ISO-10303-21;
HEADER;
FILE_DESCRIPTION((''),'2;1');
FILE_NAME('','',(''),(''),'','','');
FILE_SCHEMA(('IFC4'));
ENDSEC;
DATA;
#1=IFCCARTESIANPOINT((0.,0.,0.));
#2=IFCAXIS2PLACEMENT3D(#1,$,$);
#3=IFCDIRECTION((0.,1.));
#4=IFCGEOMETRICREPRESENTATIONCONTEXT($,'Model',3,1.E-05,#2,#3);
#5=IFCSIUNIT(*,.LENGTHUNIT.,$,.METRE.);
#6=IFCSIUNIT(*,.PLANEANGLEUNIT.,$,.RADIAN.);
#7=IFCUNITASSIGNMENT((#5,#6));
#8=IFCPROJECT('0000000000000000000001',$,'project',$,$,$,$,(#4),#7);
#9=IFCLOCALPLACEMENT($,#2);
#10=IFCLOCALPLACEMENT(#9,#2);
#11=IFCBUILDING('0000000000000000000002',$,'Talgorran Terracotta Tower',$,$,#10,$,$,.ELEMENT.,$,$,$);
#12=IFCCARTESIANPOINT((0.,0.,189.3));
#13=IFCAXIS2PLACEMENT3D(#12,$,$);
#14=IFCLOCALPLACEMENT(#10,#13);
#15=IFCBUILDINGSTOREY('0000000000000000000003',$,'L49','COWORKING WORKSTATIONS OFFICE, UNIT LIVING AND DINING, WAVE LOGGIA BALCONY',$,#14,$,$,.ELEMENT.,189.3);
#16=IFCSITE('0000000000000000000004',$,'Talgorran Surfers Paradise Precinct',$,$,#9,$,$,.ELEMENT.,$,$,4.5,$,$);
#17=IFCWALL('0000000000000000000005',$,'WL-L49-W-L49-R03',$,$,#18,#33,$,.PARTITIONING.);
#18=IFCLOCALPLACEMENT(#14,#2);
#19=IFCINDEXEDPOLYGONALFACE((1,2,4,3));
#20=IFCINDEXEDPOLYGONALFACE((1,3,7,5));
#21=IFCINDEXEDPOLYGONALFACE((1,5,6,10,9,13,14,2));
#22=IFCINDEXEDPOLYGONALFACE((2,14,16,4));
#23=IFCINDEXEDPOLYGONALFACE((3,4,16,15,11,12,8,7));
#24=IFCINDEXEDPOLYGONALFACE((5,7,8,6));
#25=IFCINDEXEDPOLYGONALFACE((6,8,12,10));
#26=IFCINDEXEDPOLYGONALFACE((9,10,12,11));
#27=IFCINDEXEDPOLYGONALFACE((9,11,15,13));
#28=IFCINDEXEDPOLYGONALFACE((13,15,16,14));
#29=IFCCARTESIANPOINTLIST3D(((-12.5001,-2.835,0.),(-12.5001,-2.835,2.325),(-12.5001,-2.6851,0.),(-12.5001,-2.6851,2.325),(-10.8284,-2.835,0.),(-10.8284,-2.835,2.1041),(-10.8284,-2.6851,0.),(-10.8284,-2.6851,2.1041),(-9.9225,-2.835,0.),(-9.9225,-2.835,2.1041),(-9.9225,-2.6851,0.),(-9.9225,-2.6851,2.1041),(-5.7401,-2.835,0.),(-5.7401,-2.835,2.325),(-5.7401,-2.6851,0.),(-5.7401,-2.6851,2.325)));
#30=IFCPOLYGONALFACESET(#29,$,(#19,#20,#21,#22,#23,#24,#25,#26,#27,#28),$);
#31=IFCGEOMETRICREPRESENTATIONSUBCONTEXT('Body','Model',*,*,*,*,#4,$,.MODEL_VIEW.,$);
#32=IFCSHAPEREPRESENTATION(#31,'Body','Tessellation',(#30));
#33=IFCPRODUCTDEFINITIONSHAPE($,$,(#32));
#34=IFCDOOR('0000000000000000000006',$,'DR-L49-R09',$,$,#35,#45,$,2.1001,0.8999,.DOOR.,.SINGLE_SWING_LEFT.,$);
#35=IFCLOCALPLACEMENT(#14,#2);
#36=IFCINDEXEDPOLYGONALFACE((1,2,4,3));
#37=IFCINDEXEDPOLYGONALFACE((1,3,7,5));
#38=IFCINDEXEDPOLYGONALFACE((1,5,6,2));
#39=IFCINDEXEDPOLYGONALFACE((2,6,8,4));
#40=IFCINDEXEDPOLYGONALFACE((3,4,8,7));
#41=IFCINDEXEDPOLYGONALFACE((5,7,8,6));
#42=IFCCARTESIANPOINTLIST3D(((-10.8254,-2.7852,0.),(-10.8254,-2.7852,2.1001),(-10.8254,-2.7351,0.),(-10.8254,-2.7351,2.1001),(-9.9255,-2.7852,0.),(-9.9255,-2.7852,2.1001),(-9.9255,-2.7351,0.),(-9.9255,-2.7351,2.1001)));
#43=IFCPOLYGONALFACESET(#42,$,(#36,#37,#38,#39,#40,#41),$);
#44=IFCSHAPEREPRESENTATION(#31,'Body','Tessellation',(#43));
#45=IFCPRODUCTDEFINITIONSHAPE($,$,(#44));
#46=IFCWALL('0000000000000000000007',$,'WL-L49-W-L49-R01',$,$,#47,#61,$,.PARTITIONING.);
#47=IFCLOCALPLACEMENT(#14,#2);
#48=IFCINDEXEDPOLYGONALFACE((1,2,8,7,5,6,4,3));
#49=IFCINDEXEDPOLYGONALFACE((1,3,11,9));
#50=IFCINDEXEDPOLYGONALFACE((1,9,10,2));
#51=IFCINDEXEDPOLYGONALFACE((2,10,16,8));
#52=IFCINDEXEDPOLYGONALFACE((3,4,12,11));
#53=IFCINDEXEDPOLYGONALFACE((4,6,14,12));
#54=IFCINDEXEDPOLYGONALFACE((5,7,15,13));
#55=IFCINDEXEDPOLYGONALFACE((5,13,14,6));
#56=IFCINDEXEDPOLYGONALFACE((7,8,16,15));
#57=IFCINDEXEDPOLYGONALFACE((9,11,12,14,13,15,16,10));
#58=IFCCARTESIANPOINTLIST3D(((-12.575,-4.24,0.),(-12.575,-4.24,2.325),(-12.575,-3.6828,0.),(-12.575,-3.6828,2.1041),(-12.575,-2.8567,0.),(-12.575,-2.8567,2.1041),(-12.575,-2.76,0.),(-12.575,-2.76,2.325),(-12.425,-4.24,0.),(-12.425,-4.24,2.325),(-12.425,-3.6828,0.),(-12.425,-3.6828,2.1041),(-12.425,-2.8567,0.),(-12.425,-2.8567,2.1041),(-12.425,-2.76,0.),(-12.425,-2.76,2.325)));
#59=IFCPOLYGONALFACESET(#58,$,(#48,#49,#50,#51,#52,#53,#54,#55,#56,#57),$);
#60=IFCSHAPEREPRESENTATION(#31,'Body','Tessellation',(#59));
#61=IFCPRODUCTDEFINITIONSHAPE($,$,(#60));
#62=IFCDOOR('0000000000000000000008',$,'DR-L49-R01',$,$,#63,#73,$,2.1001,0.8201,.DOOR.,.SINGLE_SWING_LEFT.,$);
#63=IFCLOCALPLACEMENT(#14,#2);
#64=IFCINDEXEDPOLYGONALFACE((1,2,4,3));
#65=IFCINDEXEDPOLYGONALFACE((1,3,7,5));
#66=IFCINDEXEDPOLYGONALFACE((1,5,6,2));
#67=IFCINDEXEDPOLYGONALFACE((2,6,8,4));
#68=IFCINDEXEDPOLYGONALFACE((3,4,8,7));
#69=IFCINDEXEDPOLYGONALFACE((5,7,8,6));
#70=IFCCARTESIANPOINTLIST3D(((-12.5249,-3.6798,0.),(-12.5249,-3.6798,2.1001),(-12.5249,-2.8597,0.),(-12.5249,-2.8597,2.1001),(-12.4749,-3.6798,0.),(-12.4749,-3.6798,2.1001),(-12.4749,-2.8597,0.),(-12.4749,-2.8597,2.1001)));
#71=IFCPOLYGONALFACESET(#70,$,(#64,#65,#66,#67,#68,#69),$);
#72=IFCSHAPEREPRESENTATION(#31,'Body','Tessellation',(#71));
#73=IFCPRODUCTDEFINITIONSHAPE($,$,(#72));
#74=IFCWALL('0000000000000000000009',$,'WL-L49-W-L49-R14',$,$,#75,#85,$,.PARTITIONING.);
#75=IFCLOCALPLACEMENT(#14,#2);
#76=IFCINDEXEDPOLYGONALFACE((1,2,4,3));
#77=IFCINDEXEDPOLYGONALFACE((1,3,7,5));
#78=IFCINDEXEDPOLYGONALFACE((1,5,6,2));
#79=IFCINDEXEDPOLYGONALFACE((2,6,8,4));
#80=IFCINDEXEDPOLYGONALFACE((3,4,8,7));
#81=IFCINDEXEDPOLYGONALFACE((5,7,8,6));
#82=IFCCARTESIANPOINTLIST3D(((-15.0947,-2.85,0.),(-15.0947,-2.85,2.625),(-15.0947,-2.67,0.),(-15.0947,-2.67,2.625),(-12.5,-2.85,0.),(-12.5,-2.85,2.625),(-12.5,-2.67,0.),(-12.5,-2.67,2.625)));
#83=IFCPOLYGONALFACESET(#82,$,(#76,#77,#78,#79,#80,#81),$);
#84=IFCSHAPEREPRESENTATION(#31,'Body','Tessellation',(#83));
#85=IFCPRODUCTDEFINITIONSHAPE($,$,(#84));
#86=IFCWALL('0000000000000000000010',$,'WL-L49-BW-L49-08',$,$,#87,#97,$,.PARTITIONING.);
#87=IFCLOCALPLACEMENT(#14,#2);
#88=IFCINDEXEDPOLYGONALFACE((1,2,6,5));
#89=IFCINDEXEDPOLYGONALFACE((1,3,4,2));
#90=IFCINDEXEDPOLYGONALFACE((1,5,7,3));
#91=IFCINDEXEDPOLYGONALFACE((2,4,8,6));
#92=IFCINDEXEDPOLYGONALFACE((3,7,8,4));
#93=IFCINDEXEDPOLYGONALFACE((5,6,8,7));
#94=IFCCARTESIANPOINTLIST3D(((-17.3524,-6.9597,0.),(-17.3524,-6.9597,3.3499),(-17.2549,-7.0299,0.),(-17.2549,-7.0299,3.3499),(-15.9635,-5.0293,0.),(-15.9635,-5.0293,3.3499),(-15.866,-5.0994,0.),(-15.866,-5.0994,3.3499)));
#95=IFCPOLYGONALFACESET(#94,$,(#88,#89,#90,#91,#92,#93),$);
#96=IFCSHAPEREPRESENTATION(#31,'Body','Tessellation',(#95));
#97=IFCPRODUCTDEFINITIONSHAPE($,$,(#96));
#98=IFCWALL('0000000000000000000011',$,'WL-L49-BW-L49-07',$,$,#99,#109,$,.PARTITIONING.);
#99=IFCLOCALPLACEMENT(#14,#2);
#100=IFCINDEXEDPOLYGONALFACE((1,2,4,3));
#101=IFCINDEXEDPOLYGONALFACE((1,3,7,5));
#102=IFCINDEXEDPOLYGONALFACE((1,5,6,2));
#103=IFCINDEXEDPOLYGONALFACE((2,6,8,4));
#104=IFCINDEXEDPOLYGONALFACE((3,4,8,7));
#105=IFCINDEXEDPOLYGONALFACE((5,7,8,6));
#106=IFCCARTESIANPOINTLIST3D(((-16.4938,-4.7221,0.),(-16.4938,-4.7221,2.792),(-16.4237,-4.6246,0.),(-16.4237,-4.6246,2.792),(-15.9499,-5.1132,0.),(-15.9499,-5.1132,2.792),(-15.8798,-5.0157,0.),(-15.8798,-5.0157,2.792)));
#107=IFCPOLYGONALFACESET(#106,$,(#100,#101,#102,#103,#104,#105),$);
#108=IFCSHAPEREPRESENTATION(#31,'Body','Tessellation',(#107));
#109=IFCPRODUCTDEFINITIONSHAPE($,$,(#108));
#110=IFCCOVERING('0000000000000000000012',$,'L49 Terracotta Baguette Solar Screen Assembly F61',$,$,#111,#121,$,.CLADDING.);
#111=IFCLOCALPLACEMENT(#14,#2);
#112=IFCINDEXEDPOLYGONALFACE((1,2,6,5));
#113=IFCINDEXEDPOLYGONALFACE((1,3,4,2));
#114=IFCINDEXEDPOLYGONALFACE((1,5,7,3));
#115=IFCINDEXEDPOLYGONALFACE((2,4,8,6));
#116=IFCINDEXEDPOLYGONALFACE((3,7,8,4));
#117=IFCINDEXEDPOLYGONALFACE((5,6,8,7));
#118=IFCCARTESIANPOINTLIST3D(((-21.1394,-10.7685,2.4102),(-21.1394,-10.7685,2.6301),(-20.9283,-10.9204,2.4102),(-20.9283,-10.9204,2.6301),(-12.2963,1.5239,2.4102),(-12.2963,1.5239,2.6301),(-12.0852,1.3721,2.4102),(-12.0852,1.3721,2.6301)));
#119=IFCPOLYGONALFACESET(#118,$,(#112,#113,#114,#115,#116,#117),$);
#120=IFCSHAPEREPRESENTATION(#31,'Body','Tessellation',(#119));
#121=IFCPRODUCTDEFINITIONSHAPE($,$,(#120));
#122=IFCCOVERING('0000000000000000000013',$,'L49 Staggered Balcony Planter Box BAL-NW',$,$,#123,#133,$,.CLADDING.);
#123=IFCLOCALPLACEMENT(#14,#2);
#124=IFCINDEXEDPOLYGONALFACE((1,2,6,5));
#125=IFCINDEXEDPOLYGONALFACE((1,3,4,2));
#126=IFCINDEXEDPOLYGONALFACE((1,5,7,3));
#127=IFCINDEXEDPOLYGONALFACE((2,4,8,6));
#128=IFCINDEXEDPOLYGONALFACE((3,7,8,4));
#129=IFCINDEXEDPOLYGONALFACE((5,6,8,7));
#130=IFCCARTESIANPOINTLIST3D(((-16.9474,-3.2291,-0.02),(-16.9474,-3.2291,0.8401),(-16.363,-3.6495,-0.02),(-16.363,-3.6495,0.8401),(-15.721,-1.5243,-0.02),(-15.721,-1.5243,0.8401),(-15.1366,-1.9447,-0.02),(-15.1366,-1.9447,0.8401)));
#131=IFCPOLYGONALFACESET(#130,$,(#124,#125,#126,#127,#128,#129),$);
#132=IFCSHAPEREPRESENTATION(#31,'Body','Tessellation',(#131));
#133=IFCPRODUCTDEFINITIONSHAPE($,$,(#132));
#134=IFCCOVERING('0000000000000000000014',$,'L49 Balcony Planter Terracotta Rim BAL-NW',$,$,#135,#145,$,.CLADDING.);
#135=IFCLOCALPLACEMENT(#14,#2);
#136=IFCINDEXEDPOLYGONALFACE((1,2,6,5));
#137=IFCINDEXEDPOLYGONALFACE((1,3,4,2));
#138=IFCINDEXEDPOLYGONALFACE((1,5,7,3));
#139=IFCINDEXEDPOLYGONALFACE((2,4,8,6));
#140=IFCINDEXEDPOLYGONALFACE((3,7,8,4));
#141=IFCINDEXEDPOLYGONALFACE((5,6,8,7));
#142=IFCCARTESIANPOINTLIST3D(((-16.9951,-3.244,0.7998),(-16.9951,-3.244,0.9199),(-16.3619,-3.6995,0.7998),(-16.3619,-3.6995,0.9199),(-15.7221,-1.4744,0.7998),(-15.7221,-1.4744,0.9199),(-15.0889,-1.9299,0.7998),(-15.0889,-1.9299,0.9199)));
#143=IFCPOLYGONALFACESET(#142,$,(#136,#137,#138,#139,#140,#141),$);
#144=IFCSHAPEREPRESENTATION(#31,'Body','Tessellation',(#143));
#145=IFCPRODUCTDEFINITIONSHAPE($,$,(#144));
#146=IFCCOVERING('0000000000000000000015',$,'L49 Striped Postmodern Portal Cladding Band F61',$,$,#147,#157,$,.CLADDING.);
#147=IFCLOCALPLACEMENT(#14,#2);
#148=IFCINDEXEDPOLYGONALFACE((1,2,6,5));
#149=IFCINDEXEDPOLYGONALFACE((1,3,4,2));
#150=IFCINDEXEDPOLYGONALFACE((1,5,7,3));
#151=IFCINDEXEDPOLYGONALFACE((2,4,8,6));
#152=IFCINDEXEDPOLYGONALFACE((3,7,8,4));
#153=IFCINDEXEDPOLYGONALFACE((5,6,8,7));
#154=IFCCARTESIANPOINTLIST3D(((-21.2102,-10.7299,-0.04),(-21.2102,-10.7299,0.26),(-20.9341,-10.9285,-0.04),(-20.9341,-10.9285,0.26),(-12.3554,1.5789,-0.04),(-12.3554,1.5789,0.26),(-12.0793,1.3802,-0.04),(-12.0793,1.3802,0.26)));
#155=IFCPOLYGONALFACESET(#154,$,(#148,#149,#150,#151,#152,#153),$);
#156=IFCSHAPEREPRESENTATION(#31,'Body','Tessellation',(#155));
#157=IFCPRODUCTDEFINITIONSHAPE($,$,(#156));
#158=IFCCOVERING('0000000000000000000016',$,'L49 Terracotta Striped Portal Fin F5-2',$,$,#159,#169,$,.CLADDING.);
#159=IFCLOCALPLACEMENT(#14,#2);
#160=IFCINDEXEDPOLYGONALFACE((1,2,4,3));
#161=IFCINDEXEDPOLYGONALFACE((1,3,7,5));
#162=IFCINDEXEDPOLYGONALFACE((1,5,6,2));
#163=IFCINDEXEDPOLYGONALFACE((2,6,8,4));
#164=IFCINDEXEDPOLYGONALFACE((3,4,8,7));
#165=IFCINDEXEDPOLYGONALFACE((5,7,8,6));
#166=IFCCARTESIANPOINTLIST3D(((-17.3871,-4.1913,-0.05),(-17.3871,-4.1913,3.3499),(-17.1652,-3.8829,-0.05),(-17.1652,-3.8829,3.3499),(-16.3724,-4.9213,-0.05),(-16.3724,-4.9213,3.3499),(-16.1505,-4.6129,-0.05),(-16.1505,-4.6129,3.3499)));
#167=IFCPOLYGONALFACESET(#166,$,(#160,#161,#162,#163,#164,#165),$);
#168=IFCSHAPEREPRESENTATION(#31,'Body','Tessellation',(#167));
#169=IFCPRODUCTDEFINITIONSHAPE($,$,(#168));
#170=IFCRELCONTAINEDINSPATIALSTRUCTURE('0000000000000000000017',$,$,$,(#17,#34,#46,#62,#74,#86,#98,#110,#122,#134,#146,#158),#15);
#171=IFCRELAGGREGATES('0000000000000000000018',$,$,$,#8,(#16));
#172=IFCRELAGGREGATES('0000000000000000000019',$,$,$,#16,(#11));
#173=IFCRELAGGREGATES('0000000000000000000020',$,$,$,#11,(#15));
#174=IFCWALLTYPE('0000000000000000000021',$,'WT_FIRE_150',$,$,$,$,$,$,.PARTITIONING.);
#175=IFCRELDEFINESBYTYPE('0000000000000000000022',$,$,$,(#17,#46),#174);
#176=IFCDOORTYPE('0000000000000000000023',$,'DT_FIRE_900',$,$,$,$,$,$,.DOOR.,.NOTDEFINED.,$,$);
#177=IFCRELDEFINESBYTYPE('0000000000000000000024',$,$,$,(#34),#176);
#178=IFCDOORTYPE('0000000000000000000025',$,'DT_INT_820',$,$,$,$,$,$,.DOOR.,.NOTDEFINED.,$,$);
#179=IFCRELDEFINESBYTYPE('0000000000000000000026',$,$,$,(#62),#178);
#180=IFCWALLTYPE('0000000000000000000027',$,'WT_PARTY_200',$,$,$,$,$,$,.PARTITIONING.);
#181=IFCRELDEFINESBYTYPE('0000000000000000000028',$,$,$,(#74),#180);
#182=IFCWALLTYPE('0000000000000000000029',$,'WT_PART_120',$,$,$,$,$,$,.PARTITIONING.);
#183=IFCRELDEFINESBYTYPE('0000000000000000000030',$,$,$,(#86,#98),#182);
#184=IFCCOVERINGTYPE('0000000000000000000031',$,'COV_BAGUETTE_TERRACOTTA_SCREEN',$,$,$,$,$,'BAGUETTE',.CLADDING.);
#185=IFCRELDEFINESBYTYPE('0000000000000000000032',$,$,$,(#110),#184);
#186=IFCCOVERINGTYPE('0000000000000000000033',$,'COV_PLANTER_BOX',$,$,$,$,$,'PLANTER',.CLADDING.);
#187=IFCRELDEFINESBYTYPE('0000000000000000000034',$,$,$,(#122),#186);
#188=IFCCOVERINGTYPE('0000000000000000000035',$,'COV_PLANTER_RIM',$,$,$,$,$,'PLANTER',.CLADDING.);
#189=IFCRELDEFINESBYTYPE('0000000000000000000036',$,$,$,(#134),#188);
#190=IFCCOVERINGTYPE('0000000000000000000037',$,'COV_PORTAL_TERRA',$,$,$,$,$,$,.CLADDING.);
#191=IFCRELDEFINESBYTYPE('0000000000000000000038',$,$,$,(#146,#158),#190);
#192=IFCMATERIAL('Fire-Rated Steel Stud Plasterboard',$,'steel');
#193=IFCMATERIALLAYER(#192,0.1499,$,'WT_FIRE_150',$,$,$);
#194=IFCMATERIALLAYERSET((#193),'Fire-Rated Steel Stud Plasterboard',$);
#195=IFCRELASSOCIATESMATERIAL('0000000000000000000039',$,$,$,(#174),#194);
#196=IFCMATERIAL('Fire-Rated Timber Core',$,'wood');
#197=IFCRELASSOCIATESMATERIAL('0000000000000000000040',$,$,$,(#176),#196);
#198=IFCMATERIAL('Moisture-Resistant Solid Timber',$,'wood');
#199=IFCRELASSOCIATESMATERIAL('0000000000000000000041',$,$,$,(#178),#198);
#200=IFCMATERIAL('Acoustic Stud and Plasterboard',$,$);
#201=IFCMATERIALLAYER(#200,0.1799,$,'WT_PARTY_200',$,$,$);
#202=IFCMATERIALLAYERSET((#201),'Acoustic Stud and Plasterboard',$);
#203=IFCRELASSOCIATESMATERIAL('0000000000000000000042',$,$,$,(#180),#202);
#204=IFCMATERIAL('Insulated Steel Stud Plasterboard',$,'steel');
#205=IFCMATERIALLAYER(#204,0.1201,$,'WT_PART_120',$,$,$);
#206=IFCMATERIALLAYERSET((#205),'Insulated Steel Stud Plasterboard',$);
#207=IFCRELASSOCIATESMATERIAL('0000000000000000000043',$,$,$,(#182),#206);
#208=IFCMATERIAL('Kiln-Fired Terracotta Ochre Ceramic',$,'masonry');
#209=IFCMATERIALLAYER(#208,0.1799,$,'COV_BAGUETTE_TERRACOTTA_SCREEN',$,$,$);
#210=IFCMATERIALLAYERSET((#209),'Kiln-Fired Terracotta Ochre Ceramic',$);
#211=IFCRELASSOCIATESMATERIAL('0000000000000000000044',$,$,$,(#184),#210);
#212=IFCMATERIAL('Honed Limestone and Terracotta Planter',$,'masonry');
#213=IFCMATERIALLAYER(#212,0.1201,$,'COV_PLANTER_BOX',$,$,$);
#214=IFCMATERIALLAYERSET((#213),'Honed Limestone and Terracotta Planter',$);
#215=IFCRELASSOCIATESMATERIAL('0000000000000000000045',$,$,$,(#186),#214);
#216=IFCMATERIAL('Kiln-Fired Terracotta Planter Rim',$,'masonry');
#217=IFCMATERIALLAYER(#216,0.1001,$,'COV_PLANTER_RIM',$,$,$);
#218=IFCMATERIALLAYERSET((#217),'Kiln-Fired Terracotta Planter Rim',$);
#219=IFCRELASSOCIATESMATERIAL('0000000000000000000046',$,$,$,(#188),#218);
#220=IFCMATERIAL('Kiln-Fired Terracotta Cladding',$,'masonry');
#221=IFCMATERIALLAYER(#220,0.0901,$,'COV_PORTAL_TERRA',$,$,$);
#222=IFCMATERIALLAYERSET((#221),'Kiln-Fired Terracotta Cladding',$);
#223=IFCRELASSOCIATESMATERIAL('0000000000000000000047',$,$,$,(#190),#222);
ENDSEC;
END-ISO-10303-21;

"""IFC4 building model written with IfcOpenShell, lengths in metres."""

from ifc_helpers import new_model, si_unit, direction, frame, frame_2d, origin, origin_2d, place, context, subcontext, project, spatial, rectangle, extrude, material, layer, layer_set, type_object, element, fill, save


model = new_model("IFC4")

# Units and contexts
model_context = context("Model", 3, precision=1e-05, world=origin(), true_north=direction((0.0, 1.0)))
body_context = subcontext(model_context, "Body", "Model", "MODEL_VIEW")
ifc_project = project(units=[si_unit("LENGTHUNIT", "METRE"), si_unit("PLANEANGLEUNIT", "RADIAN")], contexts=[model_context])

# Site, building, storey
site_placement = place(None, origin())
site = spatial("IfcSite", under=ifc_project, at=site_placement, Name="Talgorran Surfers Paradise Precinct", CompositionType="ELEMENT", RefElevation=4.5)
building_placement = place(site_placement, origin())
building = spatial("IfcBuilding", under=site, at=building_placement, Name="Talgorran Terracotta Tower", CompositionType="ELEMENT")
storey_placement = place(building_placement, frame((0.0, 0.0, 189.3)))
storey = spatial("IfcBuildingStorey", under=building, at=storey_placement, Name="L49", Description="COWORKING WORKSTATIONS OFFICE, UNIT LIVING AND DINING, WAVE LOGGIA BALCONY", CompositionType="ELEMENT", Elevation=189.3)

# Walls, openings, doors
ifc_material_1 = material(Name="Fire-Rated Steel Stud Plasterboard", Category="steel")
ifc_layer_1 = layer(ifc_material_1, 0.1499, Name="WT_FIRE_150")
ifc_layer_set_1 = layer_set([ifc_layer_1], Name="Fire-Rated Steel Stud Plasterboard")
wall_type_1 = type_object("IfcWallType", Name="WT_FIRE_150", PredefinedType="PARTITIONING", material=ifc_layer_set_1)
wall_1_placement = place(storey_placement, frame((-12.5, -2.76, 0.0), z_axis=(0.0, 0.0, 1.0), x_axis=(1.0, 0.0, 0.0)))
wall_1 = element("IfcWall", 1, at=wall_1_placement, inside=storey, type_object=wall_type_1, Name="WL-L49-W-L49-R03", PredefinedType="PARTITIONING", context=body_context, shape_type="SweptSolid", body=[
    extrude(rectangle(XDim=6.76, YDim=0.1499, at=frame_2d((3.3799, 0.0))), origin(), (0.0, 0.0, 1.0), 2.325),
])
opening_1_placement = place(wall_1_placement, frame((1.6746, 0.0, 0.0)))
opening_1 = element("IfcOpeningElement", 2, at=opening_1_placement, cuts=wall_1, PredefinedType="OPENING", context=body_context, shape_type="SweptSolid", body=[
    extrude(rectangle(XDim=0.9059, YDim=2.1041, at=frame_2d((0.45, 1.052))), frame((0.0, 0.085, 0.0), z_axis=(0.0, -1.0, 0.0), x_axis=(1.0, 0.0, 0.0)), (0.0, 0.0, 1.0), 0.1699),
])
ifc_material_2 = material(Name="Fire-Rated Timber Core", Category="wood")
door_type_1 = type_object("IfcDoorType", Name="DT_FIRE_900", OperationType="NOTDEFINED", PredefinedType="DOOR", material=ifc_material_2)
door_1_placement = place(opening_1_placement, origin())
door_1 = element("IfcDoor", 3, at=door_1_placement, inside=storey, type_object=door_type_1, Name="DR-L49-R09", OperationType="SINGLE_SWING_LEFT", OverallHeight=2.1001, OverallWidth=0.8999, PredefinedType="DOOR", context=body_context, shape_type="SweptSolid", body=[
    extrude(rectangle(XDim=0.8999, YDim=2.1001, at=frame_2d((0.45, 1.05))), frame((0.0, 0.0249, 0.0), z_axis=(0.0, -1.0, 0.0), x_axis=(1.0, 0.0, 0.0)), (0.0, 0.0, 1.0), 0.05),
])
fill(opening_1, door_1)
wall_2_placement = place(storey_placement, frame((-12.5, -4.24, 0.0), z_axis=(0.0, 0.0, 1.0), x_axis=(0.0, 1.0, 0.0)))
wall_2 = element("IfcWall", 4, at=wall_2_placement, inside=storey, type_object=wall_type_1, Name="WL-L49-W-L49-R01", PredefinedType="PARTITIONING", context=body_context, shape_type="SweptSolid", body=[
    extrude(rectangle(XDim=1.48, YDim=0.1499, at=frame_2d((0.74, 0.0))), origin(), (0.0, 0.0, 1.0), 2.325),
])
opening_2_placement = place(wall_2_placement, frame((0.5601, 0.0, 0.0)))
opening_2 = element("IfcOpeningElement", 5, at=opening_2_placement, cuts=wall_2, PredefinedType="OPENING", context=body_context, shape_type="SweptSolid", body=[
    extrude(rectangle(XDim=0.8261, YDim=2.1041, at=frame_2d((0.4102, 1.052))), frame((0.0, 0.085, 0.0), z_axis=(0.0, -1.0, 0.0), x_axis=(1.0, 0.0, 0.0)), (0.0, 0.0, 1.0), 0.1699),
])
ifc_material_3 = material(Name="Moisture-Resistant Solid Timber", Category="wood")
door_type_2 = type_object("IfcDoorType", Name="DT_INT_820", OperationType="NOTDEFINED", PredefinedType="DOOR", material=ifc_material_3)
door_2_placement = place(opening_2_placement, origin())
door_2 = element("IfcDoor", 6, at=door_2_placement, inside=storey, type_object=door_type_2, Name="DR-L49-R01", OperationType="SINGLE_SWING_LEFT", OverallHeight=2.1001, OverallWidth=0.8201, PredefinedType="DOOR", context=body_context, shape_type="SweptSolid", body=[
    extrude(rectangle(XDim=0.8201, YDim=2.1001, at=frame_2d((0.4102, 1.05))), frame((0.0, 0.0249, 0.0), z_axis=(0.0, -1.0, 0.0), x_axis=(1.0, 0.0, 0.0)), (0.0, 0.0, 1.0), 0.05),
])
fill(opening_2, door_2)

# Walls
ifc_material_4 = material(Name="Acoustic Stud and Plasterboard")
ifc_layer_2 = layer(ifc_material_4, 0.1799, Name="WT_PARTY_200")
ifc_layer_set_2 = layer_set([ifc_layer_2], Name="Acoustic Stud and Plasterboard")
wall_type_2 = type_object("IfcWallType", Name="WT_PARTY_200", PredefinedType="PARTITIONING", material=ifc_layer_set_2)
wall_3_placement = place(storey_placement, frame((-15.0947, -2.76, 0.0), z_axis=(0.0, 0.0, 1.0), x_axis=(1.0, 0.0, 0.0)))
element("IfcWall", 7, at=wall_3_placement, inside=storey, type_object=wall_type_2, Name="WL-L49-W-L49-R14", PredefinedType="PARTITIONING", context=body_context, shape_type="SweptSolid", body=[
    extrude(rectangle(XDim=2.5947, YDim=0.1799, at=frame_2d((1.2974, 0.0))), origin(), (0.0, 0.0, 1.0), 2.625),
])
ifc_material_5 = material(Name="Insulated Steel Stud Plasterboard", Category="steel")
ifc_layer_3 = layer(ifc_material_5, 0.1201, Name="WT_PART_120")
ifc_layer_set_3 = layer_set([ifc_layer_3], Name="Insulated Steel Stud Plasterboard")
wall_type_3 = type_object("IfcWallType", Name="WT_PART_120", PredefinedType="PARTITIONING", material=ifc_layer_set_3)
wall_4_placement = place(storey_placement, frame((-15.9148, -5.0645, 0.0), z_axis=(0.0, 0.0, 1.0), x_axis=(-0.584032, -0.811731, 0.0)))
element("IfcWall", 8, at=wall_4_placement, inside=storey, type_object=wall_type_3, Name="WL-L49-BW-L49-08", PredefinedType="PARTITIONING", context=body_context, shape_type="SweptSolid", body=[
    extrude(rectangle(XDim=2.3782, YDim=0.1201, at=frame_2d((1.189, 0.0))), origin(), (0.0, 0.0, 1.0), 3.3499),
])
wall_5_placement = place(storey_placement, frame((-16.4587, -4.6733, 0.0), z_axis=(0.0, 0.0, 1.0), x_axis=(0.811907, -0.583786, 0.0)))
element("IfcWall", 9, at=wall_5_placement, inside=storey, type_object=wall_type_3, Name="WL-L49-BW-L49-07", PredefinedType="PARTITIONING", context=body_context, shape_type="SweptSolid", body=[
    extrude(rectangle(XDim=0.6699, YDim=0.1201, at=frame_2d((0.335, 0.0))), origin(), (0.0, 0.0, 1.0), 2.792),
])

# Coverings
ifc_material_6 = material(Name="Kiln-Fired Terracotta Ochre Ceramic", Category="masonry")
ifc_layer_4 = layer(ifc_material_6, 0.1799, Name="COV_BAGUETTE_TERRACOTTA_SCREEN")
ifc_layer_set_4 = layer_set([ifc_layer_4], Name="Kiln-Fired Terracotta Ochre Ceramic")
covering_type_1 = type_object("IfcCoveringType", Name="COV_BAGUETTE_TERRACOTTA_SCREEN", ElementType="BAGUETTE", PredefinedType="CLADDING", material=ifc_layer_set_4)
covering_1_placement = place(storey_placement, frame((-16.6123, -4.6982, 2.4102), z_axis=(0.0, 0.0, 1.0), x_axis=(-0.583981, -0.811768, 0.0)))
element("IfcCovering", 10, at=covering_1_placement, inside=storey, type_object=covering_type_1, Name="L49 Terracotta Baguette Solar Screen Assembly F61", PredefinedType="CLADDING", context=body_context, shape_type="SweptSolid", body=[
    extrude(rectangle(XDim=15.1428, YDim=0.26, at=origin_2d()), origin(), (0.0, 0.0, 1.0), 0.22),
])
ifc_material_7 = material(Name="Honed Limestone and Terracotta Planter", Category="masonry")
ifc_layer_5 = layer(ifc_material_7, 0.1201, Name="COV_PLANTER_BOX")
ifc_layer_set_5 = layer_set([ifc_layer_5], Name="Honed Limestone and Terracotta Planter")
covering_type_2 = type_object("IfcCoveringType", Name="COV_PLANTER_BOX", ElementType="PLANTER", PredefinedType="CLADDING", material=ifc_layer_set_5)
covering_2_placement = place(storey_placement, frame((-16.042, -2.5869, -0.02), z_axis=(0.0, 0.0, 1.0), x_axis=(-0.583981, -0.811768, 0.0)))
element("IfcCovering", 11, at=covering_2_placement, inside=storey, type_object=covering_type_2, Name="L49 Staggered Balcony Planter Box BAL-NW", PredefinedType="CLADDING", context=body_context, shape_type="SweptSolid", body=[
    extrude(rectangle(XDim=2.1001, YDim=0.72, at=origin_2d()), origin(), (0.0, 0.0, 1.0), 0.8601),
])
ifc_material_8 = material(Name="Kiln-Fired Terracotta Planter Rim", Category="masonry")
ifc_layer_6 = layer(ifc_material_8, 0.1001, Name="COV_PLANTER_RIM")
ifc_layer_set_6 = layer_set([ifc_layer_6], Name="Kiln-Fired Terracotta Planter Rim")
covering_type_3 = type_object("IfcCoveringType", Name="COV_PLANTER_RIM", ElementType="PLANTER", PredefinedType="CLADDING", material=ifc_layer_set_6)
covering_3_placement = place(storey_placement, frame((-16.042, -2.5869, 0.7998), z_axis=(0.0, 0.0, 1.0), x_axis=(-0.583981, -0.811768, 0.0)))
element("IfcCovering", 12, at=covering_3_placement, inside=storey, type_object=covering_type_3, Name="L49 Balcony Planter Terracotta Rim BAL-NW", PredefinedType="CLADDING", context=body_context, shape_type="SweptSolid", body=[
    extrude(rectangle(XDim=2.1799, YDim=0.78, at=origin_2d()), origin(), (0.0, 0.0, 1.0), 0.1201),
])
ifc_material_9 = material(Name="Kiln-Fired Terracotta Cladding", Category="masonry")
ifc_layer_7 = layer(ifc_material_9, 0.0901, Name="COV_PORTAL_TERRA")
ifc_layer_set_7 = layer_set([ifc_layer_7], Name="Kiln-Fired Terracotta Cladding")
covering_type_4 = type_object("IfcCoveringType", Name="COV_PORTAL_TERRA", PredefinedType="CLADDING", material=ifc_layer_set_7)
covering_4_placement = place(storey_placement, frame((-16.6448, -4.6748, -0.04), z_axis=(0.0, 0.0, 1.0), x_axis=(-0.583981, -0.811768, 0.0)))
element("IfcCovering", 13, at=covering_4_placement, inside=storey, type_object=covering_type_4, Name="L49 Striped Postmodern Portal Cladding Band F61", PredefinedType="CLADDING", context=body_context, shape_type="SweptSolid", body=[
    extrude(rectangle(XDim=15.1628, YDim=0.3401, at=origin_2d()), origin(), (0.0, 0.0, 1.0), 0.3),
])
covering_5_placement = place(storey_placement, frame((-16.7688, -4.4021, -0.05), z_axis=(0.0, 0.0, 1.0), x_axis=(-0.583981, -0.811768, 0.0)))
element("IfcCovering", 14, at=covering_5_placement, inside=storey, type_object=covering_type_4, Name="L49 Terracotta Striped Portal Fin F5-2", PredefinedType="CLADDING", context=body_context, shape_type="SweptSolid", body=[
    extrude(rectangle(XDim=0.3799, YDim=1.25, at=origin_2d()), origin(), (0.0, 0.0, 1.0), 3.3999),
])

save(model, "model.ifc")
